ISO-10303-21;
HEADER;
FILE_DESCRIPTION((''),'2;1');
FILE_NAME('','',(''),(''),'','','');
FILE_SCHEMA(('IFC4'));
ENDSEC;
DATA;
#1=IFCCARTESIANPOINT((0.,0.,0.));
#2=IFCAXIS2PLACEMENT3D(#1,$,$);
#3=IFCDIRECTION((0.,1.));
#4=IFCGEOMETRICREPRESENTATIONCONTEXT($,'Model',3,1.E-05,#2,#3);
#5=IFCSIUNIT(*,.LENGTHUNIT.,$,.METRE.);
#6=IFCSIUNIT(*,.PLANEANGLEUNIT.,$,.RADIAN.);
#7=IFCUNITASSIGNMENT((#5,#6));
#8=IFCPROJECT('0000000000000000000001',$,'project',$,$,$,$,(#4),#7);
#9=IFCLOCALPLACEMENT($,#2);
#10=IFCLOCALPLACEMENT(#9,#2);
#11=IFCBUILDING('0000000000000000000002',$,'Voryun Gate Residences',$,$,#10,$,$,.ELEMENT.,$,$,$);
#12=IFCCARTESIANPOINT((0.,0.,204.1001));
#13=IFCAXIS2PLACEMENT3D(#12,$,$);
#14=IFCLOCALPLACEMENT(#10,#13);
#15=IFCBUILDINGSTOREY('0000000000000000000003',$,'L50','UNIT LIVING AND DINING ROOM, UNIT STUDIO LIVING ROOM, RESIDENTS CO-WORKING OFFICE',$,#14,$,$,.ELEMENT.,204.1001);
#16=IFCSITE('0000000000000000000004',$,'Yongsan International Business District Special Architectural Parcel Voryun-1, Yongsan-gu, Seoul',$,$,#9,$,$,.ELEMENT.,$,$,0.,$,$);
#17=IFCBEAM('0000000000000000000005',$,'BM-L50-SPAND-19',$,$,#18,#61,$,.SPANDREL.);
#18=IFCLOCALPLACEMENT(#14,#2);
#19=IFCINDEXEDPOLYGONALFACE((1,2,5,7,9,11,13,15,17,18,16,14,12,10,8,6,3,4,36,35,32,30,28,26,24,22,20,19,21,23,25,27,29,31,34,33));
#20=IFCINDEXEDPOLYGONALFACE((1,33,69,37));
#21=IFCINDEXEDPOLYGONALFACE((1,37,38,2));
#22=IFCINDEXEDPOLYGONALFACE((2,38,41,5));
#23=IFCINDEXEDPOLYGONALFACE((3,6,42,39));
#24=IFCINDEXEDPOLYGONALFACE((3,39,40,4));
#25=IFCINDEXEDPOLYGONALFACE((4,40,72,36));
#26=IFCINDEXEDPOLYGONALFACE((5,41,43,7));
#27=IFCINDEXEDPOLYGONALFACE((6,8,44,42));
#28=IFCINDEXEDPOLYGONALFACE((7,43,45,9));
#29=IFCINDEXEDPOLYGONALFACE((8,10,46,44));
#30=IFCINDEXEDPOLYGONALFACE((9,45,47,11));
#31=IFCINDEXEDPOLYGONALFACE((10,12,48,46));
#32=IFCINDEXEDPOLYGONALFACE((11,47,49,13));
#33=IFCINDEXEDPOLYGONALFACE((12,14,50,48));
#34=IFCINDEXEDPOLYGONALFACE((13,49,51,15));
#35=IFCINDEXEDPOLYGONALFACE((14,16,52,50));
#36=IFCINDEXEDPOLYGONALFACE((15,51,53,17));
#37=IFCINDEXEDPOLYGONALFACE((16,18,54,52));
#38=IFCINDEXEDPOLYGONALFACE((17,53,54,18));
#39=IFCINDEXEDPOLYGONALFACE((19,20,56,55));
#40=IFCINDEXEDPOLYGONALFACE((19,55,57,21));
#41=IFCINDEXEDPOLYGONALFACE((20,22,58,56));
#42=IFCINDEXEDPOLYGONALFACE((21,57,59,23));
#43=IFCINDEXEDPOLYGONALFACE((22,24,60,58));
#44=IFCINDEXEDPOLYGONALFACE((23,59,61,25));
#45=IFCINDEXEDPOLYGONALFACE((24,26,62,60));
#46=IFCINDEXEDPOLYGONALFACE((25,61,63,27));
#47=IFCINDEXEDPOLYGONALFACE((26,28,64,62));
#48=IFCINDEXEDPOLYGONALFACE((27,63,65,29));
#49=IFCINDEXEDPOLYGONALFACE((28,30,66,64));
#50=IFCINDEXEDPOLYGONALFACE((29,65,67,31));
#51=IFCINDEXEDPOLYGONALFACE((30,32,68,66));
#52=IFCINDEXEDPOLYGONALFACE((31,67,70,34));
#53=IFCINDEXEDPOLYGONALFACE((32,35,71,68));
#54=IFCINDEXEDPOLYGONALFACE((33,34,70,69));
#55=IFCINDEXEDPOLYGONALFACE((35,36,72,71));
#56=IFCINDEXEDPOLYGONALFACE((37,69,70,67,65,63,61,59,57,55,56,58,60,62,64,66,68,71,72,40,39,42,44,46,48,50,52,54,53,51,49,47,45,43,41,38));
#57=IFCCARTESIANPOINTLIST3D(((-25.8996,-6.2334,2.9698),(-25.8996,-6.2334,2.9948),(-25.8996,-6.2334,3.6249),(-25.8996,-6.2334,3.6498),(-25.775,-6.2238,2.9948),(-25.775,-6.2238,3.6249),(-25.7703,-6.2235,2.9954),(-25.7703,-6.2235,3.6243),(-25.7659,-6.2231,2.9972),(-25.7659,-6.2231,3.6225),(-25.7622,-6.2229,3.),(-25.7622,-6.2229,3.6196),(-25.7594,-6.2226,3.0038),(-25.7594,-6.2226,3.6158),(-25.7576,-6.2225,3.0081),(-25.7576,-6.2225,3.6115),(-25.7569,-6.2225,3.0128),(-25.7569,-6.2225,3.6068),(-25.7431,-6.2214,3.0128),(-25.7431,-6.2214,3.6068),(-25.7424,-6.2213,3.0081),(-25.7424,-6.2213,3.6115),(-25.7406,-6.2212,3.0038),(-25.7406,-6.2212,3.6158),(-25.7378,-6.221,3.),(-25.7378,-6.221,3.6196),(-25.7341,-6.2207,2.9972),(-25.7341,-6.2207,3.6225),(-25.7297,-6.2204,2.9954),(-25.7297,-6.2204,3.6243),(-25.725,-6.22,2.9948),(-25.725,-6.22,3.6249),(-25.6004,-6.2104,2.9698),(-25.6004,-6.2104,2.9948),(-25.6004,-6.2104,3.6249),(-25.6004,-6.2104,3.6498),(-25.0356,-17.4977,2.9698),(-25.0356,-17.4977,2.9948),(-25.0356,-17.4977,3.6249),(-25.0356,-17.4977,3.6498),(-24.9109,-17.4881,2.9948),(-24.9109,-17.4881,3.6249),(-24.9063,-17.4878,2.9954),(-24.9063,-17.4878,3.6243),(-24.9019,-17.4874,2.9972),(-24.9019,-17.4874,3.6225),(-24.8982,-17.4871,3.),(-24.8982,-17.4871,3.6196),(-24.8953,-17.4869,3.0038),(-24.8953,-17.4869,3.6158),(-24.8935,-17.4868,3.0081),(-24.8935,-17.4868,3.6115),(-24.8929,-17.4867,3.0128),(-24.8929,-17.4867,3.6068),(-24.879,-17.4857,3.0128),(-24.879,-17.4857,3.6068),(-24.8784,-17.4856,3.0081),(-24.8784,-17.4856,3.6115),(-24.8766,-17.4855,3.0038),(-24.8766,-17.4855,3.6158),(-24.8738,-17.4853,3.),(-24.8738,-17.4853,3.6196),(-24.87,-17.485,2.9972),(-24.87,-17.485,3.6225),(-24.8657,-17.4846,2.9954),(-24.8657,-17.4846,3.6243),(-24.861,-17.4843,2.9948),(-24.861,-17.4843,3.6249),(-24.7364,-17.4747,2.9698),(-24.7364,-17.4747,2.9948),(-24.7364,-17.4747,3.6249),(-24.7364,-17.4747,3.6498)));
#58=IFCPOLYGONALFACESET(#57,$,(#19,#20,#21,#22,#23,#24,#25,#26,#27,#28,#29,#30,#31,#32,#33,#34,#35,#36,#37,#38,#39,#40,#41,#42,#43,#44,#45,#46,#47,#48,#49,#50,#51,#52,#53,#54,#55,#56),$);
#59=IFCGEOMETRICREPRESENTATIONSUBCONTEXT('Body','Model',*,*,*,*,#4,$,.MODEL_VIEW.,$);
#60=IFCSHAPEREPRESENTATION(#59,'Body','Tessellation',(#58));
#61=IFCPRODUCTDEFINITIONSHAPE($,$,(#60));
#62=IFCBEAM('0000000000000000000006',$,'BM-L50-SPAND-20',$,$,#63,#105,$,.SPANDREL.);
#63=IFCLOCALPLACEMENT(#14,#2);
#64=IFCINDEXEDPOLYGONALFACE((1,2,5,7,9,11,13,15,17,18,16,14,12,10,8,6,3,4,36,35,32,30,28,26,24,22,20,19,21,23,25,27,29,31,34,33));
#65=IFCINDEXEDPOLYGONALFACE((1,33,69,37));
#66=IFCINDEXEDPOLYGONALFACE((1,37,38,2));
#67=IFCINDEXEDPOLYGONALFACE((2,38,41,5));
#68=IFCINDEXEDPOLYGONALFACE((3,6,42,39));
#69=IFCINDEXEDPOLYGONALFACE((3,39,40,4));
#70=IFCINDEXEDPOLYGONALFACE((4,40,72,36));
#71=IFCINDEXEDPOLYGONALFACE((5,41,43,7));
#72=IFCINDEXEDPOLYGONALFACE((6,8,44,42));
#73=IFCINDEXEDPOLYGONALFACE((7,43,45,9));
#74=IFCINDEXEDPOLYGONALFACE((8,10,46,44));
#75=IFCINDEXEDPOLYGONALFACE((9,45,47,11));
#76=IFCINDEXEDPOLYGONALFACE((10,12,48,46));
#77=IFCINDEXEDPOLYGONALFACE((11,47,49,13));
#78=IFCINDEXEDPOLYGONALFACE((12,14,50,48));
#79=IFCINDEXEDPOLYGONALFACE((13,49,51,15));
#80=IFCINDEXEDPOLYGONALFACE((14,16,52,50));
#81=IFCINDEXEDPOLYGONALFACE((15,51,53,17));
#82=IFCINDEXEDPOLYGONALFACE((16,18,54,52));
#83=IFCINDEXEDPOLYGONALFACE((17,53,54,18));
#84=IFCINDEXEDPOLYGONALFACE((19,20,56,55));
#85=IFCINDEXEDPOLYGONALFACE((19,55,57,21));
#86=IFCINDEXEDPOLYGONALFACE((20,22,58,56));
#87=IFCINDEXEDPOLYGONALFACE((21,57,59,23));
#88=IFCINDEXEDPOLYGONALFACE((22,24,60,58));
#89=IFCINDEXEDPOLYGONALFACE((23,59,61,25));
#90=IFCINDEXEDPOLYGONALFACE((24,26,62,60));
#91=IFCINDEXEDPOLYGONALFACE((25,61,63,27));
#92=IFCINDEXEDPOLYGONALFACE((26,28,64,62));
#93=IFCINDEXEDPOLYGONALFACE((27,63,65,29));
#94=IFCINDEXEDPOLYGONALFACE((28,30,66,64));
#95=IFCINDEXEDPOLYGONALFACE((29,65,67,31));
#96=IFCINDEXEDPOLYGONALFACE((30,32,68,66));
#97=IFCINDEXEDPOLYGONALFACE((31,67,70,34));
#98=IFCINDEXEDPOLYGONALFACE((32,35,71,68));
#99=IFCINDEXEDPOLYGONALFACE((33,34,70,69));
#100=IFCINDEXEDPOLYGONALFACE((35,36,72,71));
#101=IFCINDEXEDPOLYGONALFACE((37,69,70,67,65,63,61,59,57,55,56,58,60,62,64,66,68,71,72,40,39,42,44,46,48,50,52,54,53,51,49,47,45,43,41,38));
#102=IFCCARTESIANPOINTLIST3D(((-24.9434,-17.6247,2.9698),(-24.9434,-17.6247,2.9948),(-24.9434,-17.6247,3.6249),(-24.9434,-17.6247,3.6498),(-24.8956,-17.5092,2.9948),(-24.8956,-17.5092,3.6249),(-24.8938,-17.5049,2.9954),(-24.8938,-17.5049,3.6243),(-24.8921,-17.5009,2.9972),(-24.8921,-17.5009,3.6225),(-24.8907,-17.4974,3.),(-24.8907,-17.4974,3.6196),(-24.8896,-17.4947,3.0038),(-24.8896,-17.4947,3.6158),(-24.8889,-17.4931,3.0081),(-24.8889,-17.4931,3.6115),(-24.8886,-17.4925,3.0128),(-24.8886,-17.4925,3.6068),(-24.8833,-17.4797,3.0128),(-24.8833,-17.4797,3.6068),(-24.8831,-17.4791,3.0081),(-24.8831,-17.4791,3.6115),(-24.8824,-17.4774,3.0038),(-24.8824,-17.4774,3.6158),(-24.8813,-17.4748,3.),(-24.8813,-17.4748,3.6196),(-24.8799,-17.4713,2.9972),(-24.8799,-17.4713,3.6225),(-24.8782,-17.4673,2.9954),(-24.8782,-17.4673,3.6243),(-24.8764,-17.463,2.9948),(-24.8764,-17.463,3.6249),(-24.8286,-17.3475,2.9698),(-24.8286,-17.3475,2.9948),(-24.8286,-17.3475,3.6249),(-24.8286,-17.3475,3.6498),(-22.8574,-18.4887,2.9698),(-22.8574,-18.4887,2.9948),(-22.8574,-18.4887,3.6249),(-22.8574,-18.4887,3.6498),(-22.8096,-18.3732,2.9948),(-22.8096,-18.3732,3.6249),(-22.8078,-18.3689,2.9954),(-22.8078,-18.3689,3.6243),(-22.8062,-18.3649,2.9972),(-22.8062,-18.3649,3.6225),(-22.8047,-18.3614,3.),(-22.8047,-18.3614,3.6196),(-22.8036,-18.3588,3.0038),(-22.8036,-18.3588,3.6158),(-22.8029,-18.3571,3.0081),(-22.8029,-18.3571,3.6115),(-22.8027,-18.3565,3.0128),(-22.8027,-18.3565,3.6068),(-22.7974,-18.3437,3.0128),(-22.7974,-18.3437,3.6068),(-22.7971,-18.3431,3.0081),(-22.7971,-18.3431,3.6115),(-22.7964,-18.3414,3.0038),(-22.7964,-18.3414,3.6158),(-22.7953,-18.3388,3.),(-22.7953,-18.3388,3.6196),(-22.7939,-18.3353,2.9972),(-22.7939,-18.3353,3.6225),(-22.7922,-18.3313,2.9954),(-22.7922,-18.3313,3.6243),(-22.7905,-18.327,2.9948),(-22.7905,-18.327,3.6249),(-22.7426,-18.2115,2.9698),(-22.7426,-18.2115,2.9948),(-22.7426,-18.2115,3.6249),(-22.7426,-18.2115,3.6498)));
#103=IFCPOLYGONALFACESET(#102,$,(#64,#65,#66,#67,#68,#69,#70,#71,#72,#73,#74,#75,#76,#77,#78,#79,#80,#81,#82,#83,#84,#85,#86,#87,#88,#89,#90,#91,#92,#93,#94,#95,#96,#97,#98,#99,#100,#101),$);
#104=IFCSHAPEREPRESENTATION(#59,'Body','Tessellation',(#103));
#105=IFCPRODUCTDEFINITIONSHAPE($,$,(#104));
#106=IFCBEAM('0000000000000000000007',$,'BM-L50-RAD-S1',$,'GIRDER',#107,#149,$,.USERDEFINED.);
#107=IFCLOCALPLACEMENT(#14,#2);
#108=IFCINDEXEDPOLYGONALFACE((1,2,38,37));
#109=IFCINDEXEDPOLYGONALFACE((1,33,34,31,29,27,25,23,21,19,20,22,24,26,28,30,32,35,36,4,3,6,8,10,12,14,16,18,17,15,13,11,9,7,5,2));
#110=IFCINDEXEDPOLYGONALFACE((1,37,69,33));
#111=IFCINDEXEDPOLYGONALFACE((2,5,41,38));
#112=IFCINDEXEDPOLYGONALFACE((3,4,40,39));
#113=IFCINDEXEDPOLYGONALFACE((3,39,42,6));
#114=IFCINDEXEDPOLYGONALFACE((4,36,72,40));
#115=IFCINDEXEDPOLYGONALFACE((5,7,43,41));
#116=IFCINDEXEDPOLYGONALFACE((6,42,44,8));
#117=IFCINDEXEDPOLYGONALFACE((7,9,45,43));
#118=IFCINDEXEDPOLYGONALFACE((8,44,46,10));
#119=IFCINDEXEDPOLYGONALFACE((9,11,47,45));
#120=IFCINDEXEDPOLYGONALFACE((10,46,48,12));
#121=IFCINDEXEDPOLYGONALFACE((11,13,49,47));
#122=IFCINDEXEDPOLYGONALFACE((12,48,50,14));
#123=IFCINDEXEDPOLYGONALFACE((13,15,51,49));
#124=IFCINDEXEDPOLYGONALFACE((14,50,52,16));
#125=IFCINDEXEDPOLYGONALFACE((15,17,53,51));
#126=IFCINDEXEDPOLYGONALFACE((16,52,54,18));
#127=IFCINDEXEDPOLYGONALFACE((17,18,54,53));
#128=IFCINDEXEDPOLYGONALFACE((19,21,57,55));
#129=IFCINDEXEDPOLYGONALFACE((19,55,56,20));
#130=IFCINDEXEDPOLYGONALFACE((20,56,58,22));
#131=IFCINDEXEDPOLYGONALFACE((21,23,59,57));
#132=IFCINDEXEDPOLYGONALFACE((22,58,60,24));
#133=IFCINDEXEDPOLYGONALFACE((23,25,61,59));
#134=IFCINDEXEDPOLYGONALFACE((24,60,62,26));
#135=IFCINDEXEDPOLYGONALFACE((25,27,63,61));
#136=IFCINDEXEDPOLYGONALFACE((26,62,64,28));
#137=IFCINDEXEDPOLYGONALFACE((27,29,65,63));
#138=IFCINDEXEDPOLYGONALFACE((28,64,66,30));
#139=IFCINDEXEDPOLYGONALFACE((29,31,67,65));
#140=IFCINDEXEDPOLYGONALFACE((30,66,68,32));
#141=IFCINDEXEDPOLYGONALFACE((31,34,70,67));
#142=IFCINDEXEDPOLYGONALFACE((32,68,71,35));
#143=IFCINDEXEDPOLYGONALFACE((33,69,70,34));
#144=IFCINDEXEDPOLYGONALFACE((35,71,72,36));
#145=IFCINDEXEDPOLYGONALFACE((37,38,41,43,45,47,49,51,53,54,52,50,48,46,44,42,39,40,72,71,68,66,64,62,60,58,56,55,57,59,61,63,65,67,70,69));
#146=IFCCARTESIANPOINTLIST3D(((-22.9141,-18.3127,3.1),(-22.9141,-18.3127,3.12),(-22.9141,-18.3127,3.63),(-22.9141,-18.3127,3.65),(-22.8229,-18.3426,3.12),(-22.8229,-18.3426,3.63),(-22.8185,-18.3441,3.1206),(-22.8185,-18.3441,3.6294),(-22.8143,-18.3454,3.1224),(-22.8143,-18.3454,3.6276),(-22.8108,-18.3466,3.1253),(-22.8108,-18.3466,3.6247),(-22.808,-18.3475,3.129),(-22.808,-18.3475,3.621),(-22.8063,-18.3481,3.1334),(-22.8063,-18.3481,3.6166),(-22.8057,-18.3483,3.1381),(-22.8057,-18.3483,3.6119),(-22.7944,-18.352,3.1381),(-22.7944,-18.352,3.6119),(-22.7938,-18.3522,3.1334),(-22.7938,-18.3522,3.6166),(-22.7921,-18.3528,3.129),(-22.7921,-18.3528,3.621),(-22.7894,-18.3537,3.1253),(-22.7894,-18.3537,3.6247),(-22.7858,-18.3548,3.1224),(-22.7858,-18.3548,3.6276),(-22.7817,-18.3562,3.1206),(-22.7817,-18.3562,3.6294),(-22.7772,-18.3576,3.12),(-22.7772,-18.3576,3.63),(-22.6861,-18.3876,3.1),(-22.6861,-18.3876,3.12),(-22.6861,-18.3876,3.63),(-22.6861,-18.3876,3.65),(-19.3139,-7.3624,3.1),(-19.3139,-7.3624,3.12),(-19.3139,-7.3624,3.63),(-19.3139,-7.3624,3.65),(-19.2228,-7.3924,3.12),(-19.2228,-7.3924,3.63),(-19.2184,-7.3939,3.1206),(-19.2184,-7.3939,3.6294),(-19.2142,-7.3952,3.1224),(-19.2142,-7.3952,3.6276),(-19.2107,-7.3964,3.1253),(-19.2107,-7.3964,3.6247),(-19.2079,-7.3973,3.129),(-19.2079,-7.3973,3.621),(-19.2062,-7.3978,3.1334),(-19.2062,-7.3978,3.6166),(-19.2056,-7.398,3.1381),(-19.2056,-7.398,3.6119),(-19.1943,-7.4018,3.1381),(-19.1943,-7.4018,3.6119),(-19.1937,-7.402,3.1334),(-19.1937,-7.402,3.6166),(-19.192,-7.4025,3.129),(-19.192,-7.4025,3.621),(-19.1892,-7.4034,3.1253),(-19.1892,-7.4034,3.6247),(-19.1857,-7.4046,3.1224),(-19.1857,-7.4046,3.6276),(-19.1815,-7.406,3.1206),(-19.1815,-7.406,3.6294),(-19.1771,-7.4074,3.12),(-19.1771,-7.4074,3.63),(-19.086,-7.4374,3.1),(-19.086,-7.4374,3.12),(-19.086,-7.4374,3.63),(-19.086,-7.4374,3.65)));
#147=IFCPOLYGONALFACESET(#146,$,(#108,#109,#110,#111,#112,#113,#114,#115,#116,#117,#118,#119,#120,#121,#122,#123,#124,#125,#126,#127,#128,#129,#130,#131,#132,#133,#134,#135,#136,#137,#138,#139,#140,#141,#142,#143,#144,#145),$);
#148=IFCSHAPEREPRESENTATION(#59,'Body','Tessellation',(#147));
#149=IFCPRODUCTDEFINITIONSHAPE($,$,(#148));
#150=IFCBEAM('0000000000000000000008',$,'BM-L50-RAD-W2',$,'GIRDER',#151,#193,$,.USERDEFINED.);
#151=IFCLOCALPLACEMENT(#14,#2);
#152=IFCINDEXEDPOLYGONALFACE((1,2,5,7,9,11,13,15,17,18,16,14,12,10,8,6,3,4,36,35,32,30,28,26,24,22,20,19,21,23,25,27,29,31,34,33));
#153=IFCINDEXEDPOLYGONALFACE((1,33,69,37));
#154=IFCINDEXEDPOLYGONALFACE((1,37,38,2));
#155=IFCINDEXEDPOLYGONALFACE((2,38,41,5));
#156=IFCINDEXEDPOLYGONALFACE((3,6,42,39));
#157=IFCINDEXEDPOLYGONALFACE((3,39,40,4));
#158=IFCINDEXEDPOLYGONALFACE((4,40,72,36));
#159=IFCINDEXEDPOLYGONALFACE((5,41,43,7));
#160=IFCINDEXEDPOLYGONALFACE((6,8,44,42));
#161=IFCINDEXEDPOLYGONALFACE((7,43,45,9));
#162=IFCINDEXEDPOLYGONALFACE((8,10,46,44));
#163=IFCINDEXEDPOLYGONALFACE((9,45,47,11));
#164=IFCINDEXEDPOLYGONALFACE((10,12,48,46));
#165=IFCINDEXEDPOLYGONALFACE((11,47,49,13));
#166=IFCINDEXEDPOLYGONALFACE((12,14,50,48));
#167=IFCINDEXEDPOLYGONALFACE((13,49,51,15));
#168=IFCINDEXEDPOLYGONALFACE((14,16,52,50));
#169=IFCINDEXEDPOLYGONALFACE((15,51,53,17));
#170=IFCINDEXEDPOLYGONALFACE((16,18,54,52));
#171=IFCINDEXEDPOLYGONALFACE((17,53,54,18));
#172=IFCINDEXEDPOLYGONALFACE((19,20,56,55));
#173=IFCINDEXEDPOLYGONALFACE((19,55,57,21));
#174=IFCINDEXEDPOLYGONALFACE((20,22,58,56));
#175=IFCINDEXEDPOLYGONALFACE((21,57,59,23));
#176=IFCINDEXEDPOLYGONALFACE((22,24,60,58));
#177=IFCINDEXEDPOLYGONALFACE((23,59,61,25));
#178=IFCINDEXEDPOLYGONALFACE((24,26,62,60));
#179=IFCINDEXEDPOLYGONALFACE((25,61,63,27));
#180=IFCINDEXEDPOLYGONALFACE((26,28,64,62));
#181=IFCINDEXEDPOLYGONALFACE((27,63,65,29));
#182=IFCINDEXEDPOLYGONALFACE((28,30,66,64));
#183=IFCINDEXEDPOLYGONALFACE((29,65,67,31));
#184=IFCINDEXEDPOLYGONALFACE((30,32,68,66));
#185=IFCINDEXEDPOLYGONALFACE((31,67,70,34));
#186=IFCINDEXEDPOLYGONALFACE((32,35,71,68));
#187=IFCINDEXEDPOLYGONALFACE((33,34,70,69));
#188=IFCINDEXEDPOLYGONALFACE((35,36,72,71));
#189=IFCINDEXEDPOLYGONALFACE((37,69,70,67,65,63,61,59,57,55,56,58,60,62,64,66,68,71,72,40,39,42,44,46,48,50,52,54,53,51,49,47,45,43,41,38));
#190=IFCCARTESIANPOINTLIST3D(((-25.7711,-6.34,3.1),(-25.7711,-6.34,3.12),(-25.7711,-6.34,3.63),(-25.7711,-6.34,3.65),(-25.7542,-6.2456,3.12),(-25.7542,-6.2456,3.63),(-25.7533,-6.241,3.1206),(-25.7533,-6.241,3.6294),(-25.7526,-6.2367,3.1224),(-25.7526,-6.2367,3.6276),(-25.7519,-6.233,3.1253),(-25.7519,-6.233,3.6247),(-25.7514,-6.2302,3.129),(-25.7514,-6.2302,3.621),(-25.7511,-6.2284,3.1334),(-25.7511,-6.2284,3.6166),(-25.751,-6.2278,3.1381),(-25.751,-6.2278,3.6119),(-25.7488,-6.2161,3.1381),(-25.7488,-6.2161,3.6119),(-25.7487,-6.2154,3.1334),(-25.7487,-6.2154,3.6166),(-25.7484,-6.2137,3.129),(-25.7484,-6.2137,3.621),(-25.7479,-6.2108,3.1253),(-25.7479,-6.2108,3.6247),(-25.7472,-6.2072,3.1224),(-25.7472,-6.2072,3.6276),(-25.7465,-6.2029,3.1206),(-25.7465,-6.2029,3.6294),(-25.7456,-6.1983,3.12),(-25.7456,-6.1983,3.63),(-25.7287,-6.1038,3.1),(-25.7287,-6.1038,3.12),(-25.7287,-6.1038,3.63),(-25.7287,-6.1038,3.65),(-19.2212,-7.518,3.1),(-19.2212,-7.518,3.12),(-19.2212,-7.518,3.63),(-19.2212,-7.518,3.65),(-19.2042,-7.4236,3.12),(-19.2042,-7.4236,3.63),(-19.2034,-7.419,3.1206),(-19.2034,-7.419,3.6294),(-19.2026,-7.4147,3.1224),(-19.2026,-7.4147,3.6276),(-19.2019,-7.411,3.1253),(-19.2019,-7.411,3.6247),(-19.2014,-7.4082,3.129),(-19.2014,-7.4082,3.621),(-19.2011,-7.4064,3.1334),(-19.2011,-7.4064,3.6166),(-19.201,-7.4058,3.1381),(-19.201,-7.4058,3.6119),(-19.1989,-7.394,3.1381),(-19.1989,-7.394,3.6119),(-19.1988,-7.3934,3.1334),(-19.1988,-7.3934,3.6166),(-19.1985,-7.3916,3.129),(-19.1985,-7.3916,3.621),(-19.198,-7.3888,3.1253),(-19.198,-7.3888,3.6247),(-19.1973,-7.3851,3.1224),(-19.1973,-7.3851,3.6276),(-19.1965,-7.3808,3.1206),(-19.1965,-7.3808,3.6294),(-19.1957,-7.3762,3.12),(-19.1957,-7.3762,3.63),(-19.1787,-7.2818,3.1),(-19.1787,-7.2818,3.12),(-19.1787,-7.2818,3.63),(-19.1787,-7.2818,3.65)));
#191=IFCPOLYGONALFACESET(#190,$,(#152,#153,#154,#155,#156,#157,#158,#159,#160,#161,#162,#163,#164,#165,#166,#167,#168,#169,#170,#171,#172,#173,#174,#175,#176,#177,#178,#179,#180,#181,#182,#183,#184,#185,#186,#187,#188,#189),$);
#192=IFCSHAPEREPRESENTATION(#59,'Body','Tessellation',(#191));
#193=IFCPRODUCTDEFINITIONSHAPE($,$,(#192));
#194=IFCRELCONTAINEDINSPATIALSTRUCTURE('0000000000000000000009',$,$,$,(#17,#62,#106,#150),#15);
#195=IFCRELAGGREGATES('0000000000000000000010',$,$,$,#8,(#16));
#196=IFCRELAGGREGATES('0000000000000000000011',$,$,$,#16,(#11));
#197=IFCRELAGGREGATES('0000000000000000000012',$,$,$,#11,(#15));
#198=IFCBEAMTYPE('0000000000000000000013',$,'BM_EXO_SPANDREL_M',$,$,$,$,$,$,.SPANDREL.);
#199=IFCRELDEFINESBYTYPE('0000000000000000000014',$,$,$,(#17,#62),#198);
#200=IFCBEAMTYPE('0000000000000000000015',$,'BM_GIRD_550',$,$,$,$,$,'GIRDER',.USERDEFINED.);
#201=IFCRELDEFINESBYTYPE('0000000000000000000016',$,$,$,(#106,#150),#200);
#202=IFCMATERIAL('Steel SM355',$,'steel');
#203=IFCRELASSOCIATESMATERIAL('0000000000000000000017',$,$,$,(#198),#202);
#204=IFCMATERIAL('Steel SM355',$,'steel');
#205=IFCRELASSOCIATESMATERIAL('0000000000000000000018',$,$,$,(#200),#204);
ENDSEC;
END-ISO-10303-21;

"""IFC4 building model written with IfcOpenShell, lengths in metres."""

from ifc_helpers import new_model, si_unit, direction, frame, origin, origin_2d, place, context, subcontext, project, spatial, i_section, extrude, material, material_profile, profile_set, type_object, element, save


model = new_model("IFC4")

# Units and contexts
model_context = context("Model", 3, precision=1e-05, world=origin(), true_north=direction((0.0, 1.0)))
body_context = subcontext(model_context, "Body", "Model", "MODEL_VIEW")
ifc_project = project(units=[si_unit("LENGTHUNIT", "METRE"), si_unit("PLANEANGLEUNIT", "RADIAN")], contexts=[model_context])

# Site, building, storey
site_placement = place(None, origin())
site = spatial("IfcSite", under=ifc_project, at=site_placement, Name="Yongsan International Business District Special Architectural Parcel Voryun-1, Yongsan-gu, Seoul", CompositionType="ELEMENT", RefElevation=0.0)
building_placement = place(site_placement, origin())
building = spatial("IfcBuilding", under=site, at=building_placement, Name="Voryun Gate Residences", CompositionType="ELEMENT")
storey_placement = place(building_placement, frame((0.0, 0.0, 204.1001)))
storey = spatial("IfcBuildingStorey", under=building, at=storey_placement, Name="L50", Description="UNIT LIVING AND DINING ROOM, UNIT STUDIO LIVING ROOM, RESIDENTS CO-WORKING OFFICE", CompositionType="ELEMENT", Elevation=204.1001)

# Beams
ifc_material_1 = material(Name="Steel SM355", Category="steel")
ifc_material_profile_1 = material_profile(ifc_material_1, i_section(OverallWidth=0.3, OverallDepth=0.6799, WebThickness=0.0139, FlangeThickness=0.0249, FilletRadius=0.0181, at=origin_2d()), Name="H-680x300x14x25")
ifc_profile_set_1 = profile_set([ifc_material_profile_1], Name="Steel SM355")
beam_type_1 = type_object("IfcBeamType", Name="BM_EXO_SPANDREL_M", PredefinedType="SPANDREL", material=ifc_profile_set_1)
beam_1_placement = place(storey_placement, frame((-25.75, -6.2219, 3.3098), z_axis=(0.07648, -0.997071, 0.0), x_axis=(0.997071, 0.07648, 0.0)))
element("IfcBeam", 1, at=beam_1_placement, inside=storey, type_object=beam_type_1, Name="BM-L50-SPAND-19", PredefinedType="SPANDREL", context=body_context, shape_type="SweptSolid", body=[
    extrude(i_section(OverallWidth=0.3, OverallDepth=0.6799, WebThickness=0.0139, FlangeThickness=0.0249, FilletRadius=0.0181, at=origin_2d()), origin(), (0.0, 0.0, 1.0), 11.2974),
])
beam_2_placement = place(storey_placement, frame((-24.886, -17.4861, 3.3098), z_axis=(0.923881, -0.38268, 0.0), x_axis=(0.38268, 0.923881, 0.0)))
element("IfcBeam", 2, at=beam_2_placement, inside=storey, type_object=beam_type_1, Name="BM-L50-SPAND-20", PredefinedType="SPANDREL", context=body_context, shape_type="SweptSolid", body=[
    extrude(i_section(OverallWidth=0.3, OverallDepth=0.6799, WebThickness=0.0139, FlangeThickness=0.0249, FilletRadius=0.0181, at=origin_2d()), origin(), (0.0, 0.0, 1.0), 2.2578),
])
ifc_material_2 = material(Name="Steel SM355", Category="steel")
ifc_material_profile_2 = material_profile(ifc_material_2, i_section(OverallWidth=0.24, OverallDepth=0.55, WebThickness=0.012, FlangeThickness=0.02, FilletRadius=0.0181, at=origin_2d()), Name="H-550x240x12x20")
ifc_profile_set_2 = profile_set([ifc_material_profile_2], Name="Steel SM355")
beam_type_2 = type_object("IfcBeamType", Name="BM_GIRD_550", ElementType="GIRDER", PredefinedType="USERDEFINED", material=ifc_profile_set_2)
beam_3_placement = place(storey_placement, frame((-19.2, -7.3999, 3.375), z_axis=(-0.312324, -0.949976, 0.0), x_axis=(0.949976, -0.312324, 0.0)))
element("IfcBeam", 3, at=beam_3_placement, inside=storey, type_object=beam_type_2, Name="BM-L50-RAD-S1", ObjectType="GIRDER", PredefinedType="USERDEFINED", context=body_context, shape_type="SweptSolid", body=[
    extrude(i_section(OverallWidth=0.24, OverallDepth=0.55, WebThickness=0.012, FlangeThickness=0.02, FilletRadius=0.0181, at=origin_2d()), origin(), (0.0, 0.0, 1.0), 11.5269),
])
beam_4_placement = place(storey_placement, frame((-19.2, -7.3999, 3.375), z_axis=(-0.98421, 0.177003, 0.0), x_axis=(-0.177003, -0.98421, 0.0)))
element("IfcBeam", 4, at=beam_4_placement, inside=storey, type_object=beam_type_2, Name="BM-L50-RAD-W2", ObjectType="GIRDER", PredefinedType="USERDEFINED", context=body_context, shape_type="SweptSolid", body=[
    extrude(i_section(OverallWidth=0.24, OverallDepth=0.55, WebThickness=0.012, FlangeThickness=0.02, FilletRadius=0.0181, at=origin_2d()), origin(), (0.0, 0.0, 1.0), 6.655),
])

save(model, "model.ifc")
